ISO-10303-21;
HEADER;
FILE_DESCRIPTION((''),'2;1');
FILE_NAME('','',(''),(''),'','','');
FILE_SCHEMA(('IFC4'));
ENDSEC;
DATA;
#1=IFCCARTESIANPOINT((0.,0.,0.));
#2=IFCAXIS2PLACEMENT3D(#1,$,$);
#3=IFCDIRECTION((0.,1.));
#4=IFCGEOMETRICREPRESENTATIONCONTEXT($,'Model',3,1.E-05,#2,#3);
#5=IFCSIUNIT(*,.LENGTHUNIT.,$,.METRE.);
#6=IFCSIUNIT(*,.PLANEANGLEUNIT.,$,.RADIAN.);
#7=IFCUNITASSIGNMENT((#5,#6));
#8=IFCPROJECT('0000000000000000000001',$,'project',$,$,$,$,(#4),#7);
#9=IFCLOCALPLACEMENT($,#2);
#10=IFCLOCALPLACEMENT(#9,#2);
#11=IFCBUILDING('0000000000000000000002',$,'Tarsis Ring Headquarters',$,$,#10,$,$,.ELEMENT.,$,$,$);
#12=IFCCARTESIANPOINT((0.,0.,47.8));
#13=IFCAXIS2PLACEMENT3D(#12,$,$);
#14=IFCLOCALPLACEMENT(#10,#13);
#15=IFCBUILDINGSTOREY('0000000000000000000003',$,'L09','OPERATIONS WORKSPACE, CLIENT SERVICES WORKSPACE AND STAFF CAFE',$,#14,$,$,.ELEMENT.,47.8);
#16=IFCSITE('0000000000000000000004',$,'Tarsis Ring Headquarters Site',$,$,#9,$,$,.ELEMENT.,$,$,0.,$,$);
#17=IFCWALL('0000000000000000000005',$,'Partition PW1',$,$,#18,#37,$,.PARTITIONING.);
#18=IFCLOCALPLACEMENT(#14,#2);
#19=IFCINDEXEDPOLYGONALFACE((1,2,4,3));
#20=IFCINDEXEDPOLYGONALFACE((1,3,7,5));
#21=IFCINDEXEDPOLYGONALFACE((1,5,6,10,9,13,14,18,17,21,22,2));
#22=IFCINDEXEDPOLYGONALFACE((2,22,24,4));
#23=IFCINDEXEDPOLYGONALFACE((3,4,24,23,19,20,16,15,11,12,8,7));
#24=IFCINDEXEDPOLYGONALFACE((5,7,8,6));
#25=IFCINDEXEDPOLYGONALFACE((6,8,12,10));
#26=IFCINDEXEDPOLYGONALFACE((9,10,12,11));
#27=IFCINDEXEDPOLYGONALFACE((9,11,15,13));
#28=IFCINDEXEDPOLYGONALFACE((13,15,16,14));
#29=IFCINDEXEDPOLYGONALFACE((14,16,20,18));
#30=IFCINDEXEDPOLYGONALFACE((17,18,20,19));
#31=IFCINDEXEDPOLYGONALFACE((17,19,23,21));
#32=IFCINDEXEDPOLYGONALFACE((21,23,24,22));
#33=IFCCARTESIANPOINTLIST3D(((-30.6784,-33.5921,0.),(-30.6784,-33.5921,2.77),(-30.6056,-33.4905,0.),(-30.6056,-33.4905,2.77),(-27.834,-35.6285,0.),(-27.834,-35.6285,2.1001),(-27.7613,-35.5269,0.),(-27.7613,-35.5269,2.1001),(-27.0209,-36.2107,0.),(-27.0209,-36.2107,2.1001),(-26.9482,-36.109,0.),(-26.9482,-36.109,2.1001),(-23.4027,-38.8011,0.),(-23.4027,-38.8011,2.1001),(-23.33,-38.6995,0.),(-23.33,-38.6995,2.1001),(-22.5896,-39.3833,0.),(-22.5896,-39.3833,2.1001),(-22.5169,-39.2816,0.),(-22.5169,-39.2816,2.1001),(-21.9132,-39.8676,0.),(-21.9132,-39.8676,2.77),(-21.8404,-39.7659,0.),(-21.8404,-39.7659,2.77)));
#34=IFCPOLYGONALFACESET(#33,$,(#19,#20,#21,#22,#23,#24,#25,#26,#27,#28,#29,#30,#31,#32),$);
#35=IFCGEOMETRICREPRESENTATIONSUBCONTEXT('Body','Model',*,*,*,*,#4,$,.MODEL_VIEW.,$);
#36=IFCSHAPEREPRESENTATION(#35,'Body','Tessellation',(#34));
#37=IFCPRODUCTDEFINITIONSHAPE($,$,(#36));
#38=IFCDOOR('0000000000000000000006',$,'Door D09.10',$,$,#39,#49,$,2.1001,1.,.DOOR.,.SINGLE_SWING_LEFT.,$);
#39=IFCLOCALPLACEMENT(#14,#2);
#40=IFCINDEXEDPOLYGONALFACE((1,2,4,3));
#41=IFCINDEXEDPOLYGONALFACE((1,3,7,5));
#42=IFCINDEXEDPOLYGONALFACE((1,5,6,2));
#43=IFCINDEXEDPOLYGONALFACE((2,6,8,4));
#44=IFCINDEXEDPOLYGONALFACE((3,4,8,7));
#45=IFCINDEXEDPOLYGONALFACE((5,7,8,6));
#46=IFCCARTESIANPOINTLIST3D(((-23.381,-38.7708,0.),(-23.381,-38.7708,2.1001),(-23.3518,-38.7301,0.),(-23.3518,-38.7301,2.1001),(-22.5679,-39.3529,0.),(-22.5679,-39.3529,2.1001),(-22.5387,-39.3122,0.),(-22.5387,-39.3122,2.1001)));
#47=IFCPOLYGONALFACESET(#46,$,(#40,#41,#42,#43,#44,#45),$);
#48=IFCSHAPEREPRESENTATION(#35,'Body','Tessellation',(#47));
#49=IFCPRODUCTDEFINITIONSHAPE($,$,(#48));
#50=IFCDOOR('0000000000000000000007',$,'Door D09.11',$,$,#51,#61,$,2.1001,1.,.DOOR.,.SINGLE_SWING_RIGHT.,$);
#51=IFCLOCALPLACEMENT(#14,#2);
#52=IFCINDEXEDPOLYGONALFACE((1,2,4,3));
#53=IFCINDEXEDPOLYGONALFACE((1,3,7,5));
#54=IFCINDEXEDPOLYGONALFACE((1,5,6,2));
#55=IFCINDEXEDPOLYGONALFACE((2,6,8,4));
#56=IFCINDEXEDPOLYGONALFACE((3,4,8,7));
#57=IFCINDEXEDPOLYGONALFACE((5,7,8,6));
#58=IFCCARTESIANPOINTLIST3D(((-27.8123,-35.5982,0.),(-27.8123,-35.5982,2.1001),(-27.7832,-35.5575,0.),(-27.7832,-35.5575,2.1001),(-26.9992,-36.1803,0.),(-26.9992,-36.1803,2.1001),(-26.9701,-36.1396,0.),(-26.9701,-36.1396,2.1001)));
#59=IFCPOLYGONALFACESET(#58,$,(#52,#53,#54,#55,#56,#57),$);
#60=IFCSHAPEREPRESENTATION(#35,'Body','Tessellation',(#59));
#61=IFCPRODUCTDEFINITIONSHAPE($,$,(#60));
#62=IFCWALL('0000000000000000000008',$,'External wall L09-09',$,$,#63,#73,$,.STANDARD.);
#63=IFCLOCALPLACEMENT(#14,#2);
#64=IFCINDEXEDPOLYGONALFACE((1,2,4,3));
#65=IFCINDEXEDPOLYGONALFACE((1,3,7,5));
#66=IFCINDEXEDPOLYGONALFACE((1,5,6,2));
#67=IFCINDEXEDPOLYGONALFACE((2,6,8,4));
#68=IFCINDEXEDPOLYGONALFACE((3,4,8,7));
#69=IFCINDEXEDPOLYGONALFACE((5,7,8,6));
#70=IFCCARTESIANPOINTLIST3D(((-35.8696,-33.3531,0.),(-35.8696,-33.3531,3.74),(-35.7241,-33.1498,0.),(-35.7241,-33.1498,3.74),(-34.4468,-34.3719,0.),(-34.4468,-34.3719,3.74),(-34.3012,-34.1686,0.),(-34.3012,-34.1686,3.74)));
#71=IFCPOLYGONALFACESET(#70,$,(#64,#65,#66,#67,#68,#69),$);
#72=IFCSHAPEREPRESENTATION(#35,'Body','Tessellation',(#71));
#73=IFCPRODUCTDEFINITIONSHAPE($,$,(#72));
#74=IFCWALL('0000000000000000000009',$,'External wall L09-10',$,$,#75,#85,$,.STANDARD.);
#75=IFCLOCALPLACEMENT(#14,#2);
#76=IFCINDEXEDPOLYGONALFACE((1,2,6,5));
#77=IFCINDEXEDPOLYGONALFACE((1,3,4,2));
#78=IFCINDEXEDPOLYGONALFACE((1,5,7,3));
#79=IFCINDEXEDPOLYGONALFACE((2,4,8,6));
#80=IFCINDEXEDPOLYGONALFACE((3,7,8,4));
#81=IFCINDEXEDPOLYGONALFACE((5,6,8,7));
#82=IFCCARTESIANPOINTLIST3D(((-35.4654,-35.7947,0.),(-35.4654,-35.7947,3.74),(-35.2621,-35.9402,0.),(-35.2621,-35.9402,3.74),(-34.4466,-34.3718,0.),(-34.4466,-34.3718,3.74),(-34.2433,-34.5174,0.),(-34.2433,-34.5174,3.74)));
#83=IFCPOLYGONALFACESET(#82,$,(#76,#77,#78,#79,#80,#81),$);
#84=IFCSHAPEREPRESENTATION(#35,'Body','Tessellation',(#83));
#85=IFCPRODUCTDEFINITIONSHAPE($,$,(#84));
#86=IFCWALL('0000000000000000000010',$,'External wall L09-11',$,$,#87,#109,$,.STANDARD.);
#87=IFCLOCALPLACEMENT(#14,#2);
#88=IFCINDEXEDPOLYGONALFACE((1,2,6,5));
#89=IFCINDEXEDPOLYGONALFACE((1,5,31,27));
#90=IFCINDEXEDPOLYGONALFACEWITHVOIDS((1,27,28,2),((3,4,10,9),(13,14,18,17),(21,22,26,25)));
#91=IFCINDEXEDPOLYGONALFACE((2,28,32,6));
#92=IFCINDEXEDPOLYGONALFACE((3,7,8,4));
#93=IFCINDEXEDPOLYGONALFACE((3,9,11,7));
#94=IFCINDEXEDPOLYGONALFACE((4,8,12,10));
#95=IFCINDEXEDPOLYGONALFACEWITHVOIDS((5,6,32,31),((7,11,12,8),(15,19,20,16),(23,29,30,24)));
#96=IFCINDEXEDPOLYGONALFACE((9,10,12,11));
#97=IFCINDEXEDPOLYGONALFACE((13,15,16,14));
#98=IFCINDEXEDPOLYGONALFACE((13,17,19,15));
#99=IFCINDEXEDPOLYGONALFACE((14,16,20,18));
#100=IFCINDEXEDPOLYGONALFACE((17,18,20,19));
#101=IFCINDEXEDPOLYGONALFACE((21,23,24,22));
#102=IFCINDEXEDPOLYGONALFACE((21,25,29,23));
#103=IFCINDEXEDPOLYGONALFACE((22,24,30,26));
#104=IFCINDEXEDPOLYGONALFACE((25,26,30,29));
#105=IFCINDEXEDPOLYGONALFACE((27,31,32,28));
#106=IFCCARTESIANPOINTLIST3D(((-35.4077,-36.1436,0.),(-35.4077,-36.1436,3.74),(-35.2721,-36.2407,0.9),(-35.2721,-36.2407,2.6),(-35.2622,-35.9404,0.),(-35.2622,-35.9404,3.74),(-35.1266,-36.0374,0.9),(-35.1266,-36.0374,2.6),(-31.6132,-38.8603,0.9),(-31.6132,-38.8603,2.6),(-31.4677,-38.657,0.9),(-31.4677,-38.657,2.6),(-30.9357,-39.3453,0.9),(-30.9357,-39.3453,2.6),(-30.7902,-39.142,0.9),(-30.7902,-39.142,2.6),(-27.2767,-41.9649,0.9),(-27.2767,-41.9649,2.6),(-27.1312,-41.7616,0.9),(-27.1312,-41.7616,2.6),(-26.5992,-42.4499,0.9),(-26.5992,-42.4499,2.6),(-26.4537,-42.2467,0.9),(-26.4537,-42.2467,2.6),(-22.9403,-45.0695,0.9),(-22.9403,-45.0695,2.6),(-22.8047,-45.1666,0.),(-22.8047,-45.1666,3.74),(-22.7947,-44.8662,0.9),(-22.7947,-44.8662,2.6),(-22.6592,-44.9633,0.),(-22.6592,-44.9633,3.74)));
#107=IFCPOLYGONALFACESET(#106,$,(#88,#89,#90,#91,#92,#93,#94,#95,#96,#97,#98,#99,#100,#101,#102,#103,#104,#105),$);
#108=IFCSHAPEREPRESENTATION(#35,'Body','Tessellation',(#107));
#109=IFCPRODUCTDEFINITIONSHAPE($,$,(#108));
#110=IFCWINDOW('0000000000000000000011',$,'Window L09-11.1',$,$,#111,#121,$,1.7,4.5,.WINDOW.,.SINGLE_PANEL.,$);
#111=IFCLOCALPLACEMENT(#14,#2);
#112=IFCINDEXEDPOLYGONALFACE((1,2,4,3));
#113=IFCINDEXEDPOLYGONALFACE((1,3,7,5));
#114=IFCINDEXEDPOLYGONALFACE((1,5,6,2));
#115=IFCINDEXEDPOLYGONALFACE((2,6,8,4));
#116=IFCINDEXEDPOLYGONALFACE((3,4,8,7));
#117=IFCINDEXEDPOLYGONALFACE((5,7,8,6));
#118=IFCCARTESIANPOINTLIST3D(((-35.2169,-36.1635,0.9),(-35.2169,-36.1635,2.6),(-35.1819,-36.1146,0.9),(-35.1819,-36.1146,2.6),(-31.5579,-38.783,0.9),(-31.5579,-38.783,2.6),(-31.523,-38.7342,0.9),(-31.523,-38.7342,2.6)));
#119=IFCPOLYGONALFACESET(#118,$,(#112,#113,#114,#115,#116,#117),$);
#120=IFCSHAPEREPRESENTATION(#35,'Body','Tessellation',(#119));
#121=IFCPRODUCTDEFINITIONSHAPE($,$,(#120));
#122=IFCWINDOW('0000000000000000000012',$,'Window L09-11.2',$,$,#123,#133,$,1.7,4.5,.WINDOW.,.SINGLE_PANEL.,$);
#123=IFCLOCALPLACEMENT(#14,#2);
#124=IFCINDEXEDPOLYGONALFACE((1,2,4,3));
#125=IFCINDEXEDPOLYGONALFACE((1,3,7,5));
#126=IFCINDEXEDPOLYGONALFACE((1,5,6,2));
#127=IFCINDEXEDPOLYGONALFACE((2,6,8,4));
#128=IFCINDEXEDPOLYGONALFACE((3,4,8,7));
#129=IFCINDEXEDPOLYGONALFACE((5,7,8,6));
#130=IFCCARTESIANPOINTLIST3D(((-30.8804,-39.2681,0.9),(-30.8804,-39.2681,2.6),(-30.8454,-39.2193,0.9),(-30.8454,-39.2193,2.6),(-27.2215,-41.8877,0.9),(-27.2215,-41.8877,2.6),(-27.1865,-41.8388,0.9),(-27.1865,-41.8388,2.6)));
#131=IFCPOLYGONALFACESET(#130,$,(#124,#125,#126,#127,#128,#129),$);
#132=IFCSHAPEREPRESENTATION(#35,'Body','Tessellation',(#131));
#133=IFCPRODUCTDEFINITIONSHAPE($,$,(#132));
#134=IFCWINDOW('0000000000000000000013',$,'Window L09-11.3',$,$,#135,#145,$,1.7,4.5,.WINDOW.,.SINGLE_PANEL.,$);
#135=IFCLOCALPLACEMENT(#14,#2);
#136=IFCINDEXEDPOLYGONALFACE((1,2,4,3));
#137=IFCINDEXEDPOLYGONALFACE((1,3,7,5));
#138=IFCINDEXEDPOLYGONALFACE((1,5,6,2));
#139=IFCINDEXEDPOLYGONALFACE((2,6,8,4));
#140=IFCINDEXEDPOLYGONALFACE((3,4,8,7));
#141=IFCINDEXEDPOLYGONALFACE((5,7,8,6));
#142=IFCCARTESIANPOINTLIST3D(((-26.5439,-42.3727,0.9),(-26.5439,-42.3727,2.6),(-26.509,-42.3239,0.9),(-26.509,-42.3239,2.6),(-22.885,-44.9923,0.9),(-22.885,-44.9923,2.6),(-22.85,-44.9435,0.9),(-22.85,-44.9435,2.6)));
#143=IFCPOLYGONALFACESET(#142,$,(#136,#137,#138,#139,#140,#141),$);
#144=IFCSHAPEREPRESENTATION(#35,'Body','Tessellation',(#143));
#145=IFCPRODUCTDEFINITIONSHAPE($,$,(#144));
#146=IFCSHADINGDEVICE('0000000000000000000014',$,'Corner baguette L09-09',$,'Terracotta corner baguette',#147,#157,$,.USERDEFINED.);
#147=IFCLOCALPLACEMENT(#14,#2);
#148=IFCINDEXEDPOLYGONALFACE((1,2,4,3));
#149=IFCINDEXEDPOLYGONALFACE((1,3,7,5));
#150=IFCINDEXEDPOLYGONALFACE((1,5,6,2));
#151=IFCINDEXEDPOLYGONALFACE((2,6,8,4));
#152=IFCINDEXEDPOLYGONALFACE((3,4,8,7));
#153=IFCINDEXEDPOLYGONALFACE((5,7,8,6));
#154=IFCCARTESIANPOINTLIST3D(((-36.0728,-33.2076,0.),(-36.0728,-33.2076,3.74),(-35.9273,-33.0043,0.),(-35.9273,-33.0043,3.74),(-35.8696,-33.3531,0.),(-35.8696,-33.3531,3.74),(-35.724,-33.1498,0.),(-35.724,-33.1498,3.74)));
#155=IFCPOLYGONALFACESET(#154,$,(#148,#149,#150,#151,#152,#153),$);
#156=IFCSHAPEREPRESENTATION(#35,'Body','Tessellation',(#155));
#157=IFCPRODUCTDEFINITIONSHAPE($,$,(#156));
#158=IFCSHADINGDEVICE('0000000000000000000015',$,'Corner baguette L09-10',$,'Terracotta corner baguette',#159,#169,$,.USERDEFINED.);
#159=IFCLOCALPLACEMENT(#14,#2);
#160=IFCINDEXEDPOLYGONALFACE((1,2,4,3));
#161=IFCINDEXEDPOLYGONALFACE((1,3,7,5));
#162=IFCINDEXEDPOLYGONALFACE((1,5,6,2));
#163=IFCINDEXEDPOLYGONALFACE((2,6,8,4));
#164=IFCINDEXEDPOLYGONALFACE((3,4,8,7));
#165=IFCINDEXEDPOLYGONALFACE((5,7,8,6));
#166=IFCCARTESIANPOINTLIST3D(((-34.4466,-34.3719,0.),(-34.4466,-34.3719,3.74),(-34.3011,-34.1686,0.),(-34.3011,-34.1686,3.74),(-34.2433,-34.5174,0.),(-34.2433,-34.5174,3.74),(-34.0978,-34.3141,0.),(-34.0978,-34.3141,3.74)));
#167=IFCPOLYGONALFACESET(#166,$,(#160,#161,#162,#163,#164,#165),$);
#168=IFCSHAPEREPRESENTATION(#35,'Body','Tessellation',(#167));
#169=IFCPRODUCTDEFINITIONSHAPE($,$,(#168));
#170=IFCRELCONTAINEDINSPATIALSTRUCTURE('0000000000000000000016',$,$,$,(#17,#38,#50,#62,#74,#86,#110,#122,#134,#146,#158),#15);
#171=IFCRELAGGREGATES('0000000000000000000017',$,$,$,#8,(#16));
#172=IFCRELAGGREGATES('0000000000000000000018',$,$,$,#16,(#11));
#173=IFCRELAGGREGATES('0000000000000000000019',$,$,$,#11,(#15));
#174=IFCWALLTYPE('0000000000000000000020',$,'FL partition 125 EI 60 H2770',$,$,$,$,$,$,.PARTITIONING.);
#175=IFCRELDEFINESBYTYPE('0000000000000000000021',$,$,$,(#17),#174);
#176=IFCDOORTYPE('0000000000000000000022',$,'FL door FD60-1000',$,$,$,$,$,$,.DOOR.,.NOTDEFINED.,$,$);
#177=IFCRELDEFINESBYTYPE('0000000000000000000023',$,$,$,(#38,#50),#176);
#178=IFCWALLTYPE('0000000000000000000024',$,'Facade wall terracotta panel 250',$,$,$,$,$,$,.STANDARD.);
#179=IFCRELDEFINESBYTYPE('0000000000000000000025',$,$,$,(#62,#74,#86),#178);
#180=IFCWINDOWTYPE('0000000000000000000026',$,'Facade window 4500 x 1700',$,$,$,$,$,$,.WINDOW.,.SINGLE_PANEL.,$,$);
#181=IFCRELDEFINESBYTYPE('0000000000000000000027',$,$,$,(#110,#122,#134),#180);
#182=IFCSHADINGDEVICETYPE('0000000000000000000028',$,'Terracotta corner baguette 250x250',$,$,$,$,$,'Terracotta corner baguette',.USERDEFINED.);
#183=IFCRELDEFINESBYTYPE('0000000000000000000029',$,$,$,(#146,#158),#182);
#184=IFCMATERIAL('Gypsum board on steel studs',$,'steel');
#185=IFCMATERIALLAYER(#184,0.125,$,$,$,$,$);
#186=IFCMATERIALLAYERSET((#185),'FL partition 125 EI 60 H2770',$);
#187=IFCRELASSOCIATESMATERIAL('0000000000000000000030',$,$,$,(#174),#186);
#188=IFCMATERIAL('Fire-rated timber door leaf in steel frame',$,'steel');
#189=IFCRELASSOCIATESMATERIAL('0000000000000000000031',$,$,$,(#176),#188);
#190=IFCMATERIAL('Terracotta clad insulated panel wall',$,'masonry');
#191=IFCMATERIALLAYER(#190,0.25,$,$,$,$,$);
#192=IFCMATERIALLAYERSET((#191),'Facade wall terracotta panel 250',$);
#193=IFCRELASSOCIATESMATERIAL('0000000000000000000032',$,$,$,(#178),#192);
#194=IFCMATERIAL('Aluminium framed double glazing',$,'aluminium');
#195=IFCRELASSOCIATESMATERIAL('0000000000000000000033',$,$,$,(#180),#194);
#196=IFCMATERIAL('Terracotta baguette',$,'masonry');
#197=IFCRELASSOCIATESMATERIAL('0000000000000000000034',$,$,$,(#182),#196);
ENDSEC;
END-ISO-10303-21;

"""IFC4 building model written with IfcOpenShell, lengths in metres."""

from ifc_helpers import new_model, si_unit, direction, frame, frame_2d, origin, origin_2d, place, context, subcontext, project, spatial, rectangle, extrude, material, layer, layer_set, type_object, element, fill, save


model = new_model("IFC4")

# Units and contexts
model_context = context("Model", 3, precision=1e-05, world=origin(), true_north=direction((0.0, 1.0)))
body_context = subcontext(model_context, "Body", "Model", "MODEL_VIEW")
ifc_project = project(units=[si_unit("LENGTHUNIT", "METRE"), si_unit("PLANEANGLEUNIT", "RADIAN")], contexts=[model_context])

# Site, building, storey
site_placement = place(None, origin())
site = spatial("IfcSite", under=ifc_project, at=site_placement, Name="Tarsis Ring Headquarters Site", CompositionType="ELEMENT", RefElevation=0.0)
building_placement = place(site_placement, origin())
building = spatial("IfcBuilding", under=site, at=building_placement, Name="Tarsis Ring Headquarters", CompositionType="ELEMENT")
storey_placement = place(building_placement, frame((0.0, 0.0, 47.8)))
storey = spatial("IfcBuildingStorey", under=building, at=storey_placement, Name="L09", Description="OPERATIONS WORKSPACE, CLIENT SERVICES WORKSPACE AND STAFF CAFE", CompositionType="ELEMENT", Elevation=47.8)

# Shared definitions
ifc_material_1 = material(Name="Gypsum board on steel studs", Category="steel")
ifc_layer_1 = layer(ifc_material_1, 0.125)
ifc_layer_set_1 = layer_set([ifc_layer_1], Name="FL partition 125 EI 60 H2770")
wall_type_1 = type_object("IfcWallType", Name="FL partition 125 EI 60 H2770", PredefinedType="PARTITIONING", material=ifc_layer_set_1)

# Wall, openings, doors
wall_1_placement = place(storey_placement, frame((-30.6421, -33.5413, 0.0), z_axis=(0.0, 0.0, 1.0), x_axis=(0.813093, -0.582133, 0.0)))
wall_1 = element("IfcWall", 1, at=wall_1_placement, inside=storey, type_object=wall_type_1, Name="Partition PW1", PredefinedType="PARTITIONING", context=body_context, shape_type="SweptSolid", body=[
    extrude(rectangle(XDim=10.78, YDim=0.125, at=frame_2d((5.3901, 0.0))), origin(), (0.0, 0.0, 1.0), 2.77),
])
opening_1_placement = place(wall_1_placement, frame((8.9482, 0.0, 0.0)))
opening_1 = element("IfcOpeningElement", 2, at=opening_1_placement, cuts=wall_1, PredefinedType="OPENING", context=body_context, shape_type="SweptSolid", body=[
    extrude(rectangle(XDim=1.0, YDim=2.1001, at=frame_2d((0.5, 1.05))), frame((0.0, 0.0725, 0.0), z_axis=(0.0, -1.0, 0.0), x_axis=(1.0, 0.0, 0.0)), (0.0, 0.0, 1.0), 0.145),
])
opening_2_placement = place(wall_1_placement, frame((3.4983, 0.0, 0.0)))
opening_2 = element("IfcOpeningElement", 3, at=opening_2_placement, cuts=wall_1, PredefinedType="OPENING", context=body_context, shape_type="SweptSolid", body=[
    extrude(rectangle(XDim=1.0, YDim=2.1001, at=frame_2d((0.5, 1.05))), frame((0.0, 0.0725, 0.0), z_axis=(0.0, -1.0, 0.0), x_axis=(1.0, 0.0, 0.0)), (0.0, 0.0, 1.0), 0.145),
])
ifc_material_2 = material(Name="Fire-rated timber door leaf in steel frame", Category="steel")
door_type = type_object("IfcDoorType", Name="FL door FD60-1000", OperationType="NOTDEFINED", PredefinedType="DOOR", material=ifc_material_2)
door_1_placement = place(opening_1_placement, origin())
door_1 = element("IfcDoor", 4, at=door_1_placement, inside=storey, type_object=door_type, Name="Door D09.10", OperationType="SINGLE_SWING_LEFT", OverallHeight=2.1001, OverallWidth=1.0, PredefinedType="DOOR", context=body_context, shape_type="SweptSolid", body=[
    extrude(rectangle(XDim=1.0, YDim=2.1001, at=frame_2d((0.5, 1.05))), frame((0.0, 0.0249, 0.0), z_axis=(0.0, -1.0, 0.0), x_axis=(1.0, 0.0, 0.0)), (0.0, 0.0, 1.0), 0.05),
])
fill(opening_1, door_1)
door_2_placement = place(opening_2_placement, origin())
door_2 = element("IfcDoor", 5, at=door_2_placement, inside=storey, type_object=door_type, Name="Door D09.11", OperationType="SINGLE_SWING_RIGHT", OverallHeight=2.1001, OverallWidth=1.0, PredefinedType="DOOR", context=body_context, shape_type="SweptSolid", body=[
    extrude(rectangle(XDim=1.0, YDim=2.1001, at=frame_2d((0.5, 1.05))), frame((0.0, 0.0249, 0.0), z_axis=(0.0, -1.0, 0.0), x_axis=(1.0, 0.0, 0.0)), (0.0, 0.0, 1.0), 0.05),
])
fill(opening_2, door_2)

# Walls
ifc_material_3 = material(Name="Terracotta clad insulated panel wall", Category="masonry")
ifc_layer_2 = layer(ifc_material_3, 0.25)
ifc_layer_set_2 = layer_set([ifc_layer_2], Name="Facade wall terracotta panel 250")
wall_type_2 = type_object("IfcWallType", Name="Facade wall terracotta panel 250", PredefinedType="STANDARD", material=ifc_layer_set_2)
for number, where, z_axis, x_axis, name in (
    (6, (-35.7969, -33.2515, 0.0), (0.0, 0.0, 1.0), (0.813064, -0.582175, 0.0), "External wall L09-09"),
    (7, (-34.345, -34.4446, 0.0), (0.0, 0.0, 1.0), (-0.582175, -0.813064, 0.0), "External wall L09-10"),
):
    element("IfcWall", number, at=place(storey_placement, frame(where, z_axis=z_axis, x_axis=x_axis)), inside=storey, type_object=wall_type_2, Name=name, PredefinedType="STANDARD", context=body_context, shape_type="SweptSolid", body=[
        extrude(rectangle(XDim=1.75, YDim=0.25, at=frame_2d((0.875, 0.0))), origin(), (0.0, 0.0, 1.0), 3.74),
    ])

# Wall, openings, windows
wall_2_placement = place(storey_placement, frame((-35.335, -36.042, 0.0), z_axis=(0.0, 0.0, 1.0), x_axis=(0.813099, -0.582126, 0.0)))
wall_2 = element("IfcWall", 8, at=wall_2_placement, inside=storey, type_object=wall_type_2, Name="External wall L09-11", PredefinedType="STANDARD", context=body_context, shape_type="SweptSolid", body=[
    extrude(rectangle(XDim=15.5, YDim=0.25, at=frame_2d((7.75, 0.0))), origin(), (0.0, 0.0, 1.0), 3.74),
])
opening_3_placement = place(wall_2_placement, frame((0.1667, 0.0, 0.8999)))
opening_3 = element("IfcOpeningElement", 9, at=opening_3_placement, cuts=wall_2, PredefinedType="OPENING", context=body_context, shape_type="SweptSolid", body=[
    extrude(rectangle(XDim=4.5, YDim=1.7, at=frame_2d((2.25, 0.8501))), frame((0.0, 0.135, 0.0), z_axis=(0.0, -1.0, 0.0), x_axis=(1.0, 0.0, 0.0)), (0.0, 0.0, 1.0), 0.27),
])
opening_4_placement = place(wall_2_placement, frame((5.5, 0.0, 0.8999)))
opening_4 = element("IfcOpeningElement", 10, at=opening_4_placement, cuts=wall_2, PredefinedType="OPENING", context=body_context, shape_type="SweptSolid", body=[
    extrude(rectangle(XDim=4.5, YDim=1.7, at=frame_2d((2.25, 0.8501))), frame((0.0, 0.135, 0.0), z_axis=(0.0, -1.0, 0.0), x_axis=(1.0, 0.0, 0.0)), (0.0, 0.0, 1.0), 0.27),
])
opening_5_placement = place(wall_2_placement, frame((10.8333, 0.0, 0.8999)))
opening_5 = element("IfcOpeningElement", 11, at=opening_5_placement, cuts=wall_2, PredefinedType="OPENING", context=body_context, shape_type="SweptSolid", body=[
    extrude(rectangle(XDim=4.5, YDim=1.7, at=frame_2d((2.25, 0.8501))), frame((0.0, 0.135, 0.0), z_axis=(0.0, -1.0, 0.0), x_axis=(1.0, 0.0, 0.0)), (0.0, 0.0, 1.0), 0.27),
])
ifc_material_4 = material(Name="Aluminium framed double glazing", Category="aluminium")
window_type = type_object("IfcWindowType", Name="Facade window 4500 x 1700", PartitioningType="SINGLE_PANEL", PredefinedType="WINDOW", material=ifc_material_4)
window_1_placement = place(opening_3_placement, origin())
window_1 = element("IfcWindow", 12, at=window_1_placement, inside=storey, type_object=window_type, Name="Window L09-11.1", OverallHeight=1.7, OverallWidth=4.5, PartitioningType="SINGLE_PANEL", PredefinedType="WINDOW", context=body_context, shape_type="SweptSolid", body=[
    extrude(rectangle(XDim=4.5, YDim=1.7, at=frame_2d((2.25, 0.8501))), frame((0.0, 0.03, 0.0), z_axis=(0.0, -1.0, 0.0), x_axis=(1.0, 0.0, 0.0)), (0.0, 0.0, 1.0), 0.0601),
])
fill(opening_3, window_1)
window_2_placement = place(opening_4_placement, origin())
window_2 = element("IfcWindow", 13, at=window_2_placement, inside=storey, type_object=window_type, Name="Window L09-11.2", OverallHeight=1.7, OverallWidth=4.5, PartitioningType="SINGLE_PANEL", PredefinedType="WINDOW", context=body_context, shape_type="SweptSolid", body=[
    extrude(rectangle(XDim=4.5, YDim=1.7, at=frame_2d((2.25, 0.8501))), frame((0.0, 0.03, 0.0), z_axis=(0.0, -1.0, 0.0), x_axis=(1.0, 0.0, 0.0)), (0.0, 0.0, 1.0), 0.0601),
])
fill(opening_4, window_2)
window_3_placement = place(opening_5_placement, origin())
window_3 = element("IfcWindow", 14, at=window_3_placement, inside=storey, type_object=window_type, Name="Window L09-11.3", OverallHeight=1.7, OverallWidth=4.5, PartitioningType="SINGLE_PANEL", PredefinedType="WINDOW", context=body_context, shape_type="SweptSolid", body=[
    extrude(rectangle(XDim=4.5, YDim=1.7, at=frame_2d((2.25, 0.8501))), frame((0.0, 0.03, 0.0), z_axis=(0.0, -1.0, 0.0), x_axis=(1.0, 0.0, 0.0)), (0.0, 0.0, 1.0), 0.0601),
])
fill(opening_5, window_3)

# Shading devices
ifc_material_5 = material(Name="Terracotta baguette", Category="masonry")
shading_device_type_1 = type_object("IfcShadingDeviceType", Name="Terracotta corner baguette 250x250", ElementType="Terracotta corner baguette", PredefinedType="USERDEFINED", material=ifc_material_5)
for number, where, z_axis, x_axis, name in (
    (15, (-35.8984, -33.1787, 0.0), (0.0, 0.0, 1.0), (-0.582123, -0.813101, 0.0), "Corner baguette L09-09"),
    (16, (-34.2722, -34.343, 0.0), (0.0, 0.0, 1.0), (0.813101, -0.582123, 0.0), "Corner baguette L09-10"),
):
    element("IfcShadingDevice", number, at=place(storey_placement, frame(where, z_axis=z_axis, x_axis=x_axis)), inside=storey, type_object=shading_device_type_1, Name=name, ObjectType="Terracotta corner baguette", PredefinedType="USERDEFINED", context=body_context, shape_type="SweptSolid", body=[
        extrude(rectangle(XDim=0.25, YDim=0.25, at=origin_2d()), origin(), (0.0, 0.0, 1.0), 3.74),
    ])

save(model, "model.ifc")
